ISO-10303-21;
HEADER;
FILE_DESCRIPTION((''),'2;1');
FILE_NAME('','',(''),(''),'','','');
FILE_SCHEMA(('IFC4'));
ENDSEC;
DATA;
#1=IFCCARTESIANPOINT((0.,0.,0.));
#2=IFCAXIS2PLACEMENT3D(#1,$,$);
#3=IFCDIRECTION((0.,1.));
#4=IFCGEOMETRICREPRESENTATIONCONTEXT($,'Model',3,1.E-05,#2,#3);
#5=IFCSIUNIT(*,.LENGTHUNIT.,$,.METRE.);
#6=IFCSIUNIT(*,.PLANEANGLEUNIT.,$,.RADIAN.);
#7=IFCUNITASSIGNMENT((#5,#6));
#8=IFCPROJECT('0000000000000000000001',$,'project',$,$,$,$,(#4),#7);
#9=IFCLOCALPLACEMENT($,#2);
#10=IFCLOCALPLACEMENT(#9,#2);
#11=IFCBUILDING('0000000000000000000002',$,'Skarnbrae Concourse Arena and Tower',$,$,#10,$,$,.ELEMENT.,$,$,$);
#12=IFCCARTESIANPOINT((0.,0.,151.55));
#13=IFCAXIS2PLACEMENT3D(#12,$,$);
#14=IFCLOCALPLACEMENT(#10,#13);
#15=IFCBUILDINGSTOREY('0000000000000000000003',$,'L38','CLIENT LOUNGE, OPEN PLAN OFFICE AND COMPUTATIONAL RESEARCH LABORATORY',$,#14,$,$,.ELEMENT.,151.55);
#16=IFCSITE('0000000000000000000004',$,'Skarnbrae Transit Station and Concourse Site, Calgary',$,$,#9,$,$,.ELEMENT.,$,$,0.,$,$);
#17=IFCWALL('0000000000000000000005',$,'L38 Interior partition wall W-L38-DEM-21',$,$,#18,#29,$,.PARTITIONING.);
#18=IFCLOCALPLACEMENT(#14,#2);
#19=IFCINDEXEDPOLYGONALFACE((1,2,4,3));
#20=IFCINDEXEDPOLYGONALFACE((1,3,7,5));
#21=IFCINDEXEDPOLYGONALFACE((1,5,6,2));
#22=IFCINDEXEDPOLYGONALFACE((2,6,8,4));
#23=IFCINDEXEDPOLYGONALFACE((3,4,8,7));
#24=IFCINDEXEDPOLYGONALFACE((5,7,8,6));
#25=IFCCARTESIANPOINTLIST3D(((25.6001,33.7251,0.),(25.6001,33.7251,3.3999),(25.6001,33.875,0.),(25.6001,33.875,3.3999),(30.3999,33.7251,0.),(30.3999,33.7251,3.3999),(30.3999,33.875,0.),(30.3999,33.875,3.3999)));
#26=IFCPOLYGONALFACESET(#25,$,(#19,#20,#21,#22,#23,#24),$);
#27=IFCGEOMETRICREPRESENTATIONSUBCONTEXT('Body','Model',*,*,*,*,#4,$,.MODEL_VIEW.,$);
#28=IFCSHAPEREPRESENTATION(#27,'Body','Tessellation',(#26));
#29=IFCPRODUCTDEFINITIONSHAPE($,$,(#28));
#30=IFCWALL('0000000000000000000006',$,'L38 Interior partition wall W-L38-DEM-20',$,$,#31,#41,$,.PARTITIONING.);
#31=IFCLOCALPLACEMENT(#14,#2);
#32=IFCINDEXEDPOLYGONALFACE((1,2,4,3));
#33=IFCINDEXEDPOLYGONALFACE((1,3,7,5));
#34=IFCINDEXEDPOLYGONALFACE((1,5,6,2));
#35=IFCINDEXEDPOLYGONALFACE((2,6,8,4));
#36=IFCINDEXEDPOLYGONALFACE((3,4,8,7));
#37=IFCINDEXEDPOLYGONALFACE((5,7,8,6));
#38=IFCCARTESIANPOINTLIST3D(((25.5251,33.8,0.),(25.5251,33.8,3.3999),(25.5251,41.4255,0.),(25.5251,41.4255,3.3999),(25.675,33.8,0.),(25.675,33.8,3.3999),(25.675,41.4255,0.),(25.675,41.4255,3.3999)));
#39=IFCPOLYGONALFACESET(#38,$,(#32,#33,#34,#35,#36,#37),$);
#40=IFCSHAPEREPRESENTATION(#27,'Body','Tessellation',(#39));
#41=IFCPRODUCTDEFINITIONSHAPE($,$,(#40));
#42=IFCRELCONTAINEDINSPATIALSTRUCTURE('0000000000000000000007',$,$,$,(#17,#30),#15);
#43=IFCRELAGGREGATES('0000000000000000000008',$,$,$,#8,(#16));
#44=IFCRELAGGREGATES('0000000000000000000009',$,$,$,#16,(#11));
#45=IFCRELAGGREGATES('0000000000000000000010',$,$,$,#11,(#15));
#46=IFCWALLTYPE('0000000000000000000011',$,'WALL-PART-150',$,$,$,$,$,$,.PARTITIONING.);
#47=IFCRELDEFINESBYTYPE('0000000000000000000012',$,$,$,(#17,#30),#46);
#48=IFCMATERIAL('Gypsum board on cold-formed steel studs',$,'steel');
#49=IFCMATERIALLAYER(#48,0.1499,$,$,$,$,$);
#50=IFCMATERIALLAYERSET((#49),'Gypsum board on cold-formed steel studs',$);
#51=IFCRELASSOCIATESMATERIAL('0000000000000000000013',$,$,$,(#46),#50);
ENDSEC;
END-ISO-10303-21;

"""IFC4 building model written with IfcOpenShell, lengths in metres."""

from ifc_helpers import new_model, si_unit, direction, frame, frame_2d, origin, place, context, subcontext, project, spatial, rectangle, extrude, source, transform, mapped, material, layer, layer_set, type_object, element, save


model = new_model("IFC4")

# Units and contexts
model_context = context("Model", 3, precision=1e-05, world=origin(), true_north=direction((0.0, 1.0)))
body_context = subcontext(model_context, "Body", "Model", "MODEL_VIEW")
ifc_project = project(units=[si_unit("LENGTHUNIT", "METRE"), si_unit("PLANEANGLEUNIT", "RADIAN")], contexts=[model_context])

# Site, building, storey
site_placement = place(None, origin())
site = spatial("IfcSite", under=ifc_project, at=site_placement, Name="Skarnbrae Transit Station and Concourse Site, Calgary", CompositionType="ELEMENT", RefElevation=0.0)
building_placement = place(site_placement, origin())
building = spatial("IfcBuilding", under=site, at=building_placement, Name="Skarnbrae Concourse Arena and Tower", CompositionType="ELEMENT")
storey_placement = place(building_placement, frame((0.0, 0.0, 151.55)))
storey = spatial("IfcBuildingStorey", under=building, at=storey_placement, Name="L38", Description="CLIENT LOUNGE, OPEN PLAN OFFICE AND COMPUTATIONAL RESEARCH LABORATORY", CompositionType="ELEMENT", Elevation=151.55)

# Shared definitions
ifc_material_1 = material(Name="Gypsum board on cold-formed steel studs", Category="steel")

# Walls
ifc_layer_1 = layer(ifc_material_1, 0.1499)
ifc_layer_set_1 = layer_set([ifc_layer_1], Name="Gypsum board on cold-formed steel studs")
wall_type_1 = type_object("IfcWallType", Name="WALL-PART-150", PredefinedType="PARTITIONING", material=ifc_layer_set_1)
shared_shape_1 = source(origin(), body_context, "Body", "SweptSolid", [
    extrude(rectangle(XDim=4.7998, YDim=0.1499, at=frame_2d((2.3999, 0.0))), origin(), (0.0, 0.0, 1.0), 3.3999),
])
wall_1_placement = place(storey_placement, frame((25.6001, 33.8, 0.0), z_axis=(0.0, 0.0, 1.0), x_axis=(1.0, 0.0, 0.0)))
element("IfcWall", 1, at=wall_1_placement, inside=storey, type_object=wall_type_1, Name="L38 Interior partition wall W-L38-DEM-21", PredefinedType="PARTITIONING", context=body_context, shape_type="MappedRepresentation", body=[
    mapped(shared_shape_1, transform((0.0, 0.0, 0.0))),
])
shared_shape_2 = source(origin(), body_context, "Body", "SweptSolid", [
    extrude(rectangle(XDim=7.6255, YDim=0.1499, at=frame_2d((3.8127, 0.0))), origin(), (0.0, 0.0, 1.0), 3.3999),
])
wall_2_placement = place(storey_placement, frame((25.6001, 41.4255, 0.0), z_axis=(0.0, 0.0, 1.0), x_axis=(0.0, -1.0, 0.0)))
element("IfcWall", 2, at=wall_2_placement, inside=storey, type_object=wall_type_1, Name="L38 Interior partition wall W-L38-DEM-20", PredefinedType="PARTITIONING", context=body_context, shape_type="MappedRepresentation", body=[
    mapped(shared_shape_2, transform((0.0, 0.0, 0.0))),
])

save(model, "model.ifc")
